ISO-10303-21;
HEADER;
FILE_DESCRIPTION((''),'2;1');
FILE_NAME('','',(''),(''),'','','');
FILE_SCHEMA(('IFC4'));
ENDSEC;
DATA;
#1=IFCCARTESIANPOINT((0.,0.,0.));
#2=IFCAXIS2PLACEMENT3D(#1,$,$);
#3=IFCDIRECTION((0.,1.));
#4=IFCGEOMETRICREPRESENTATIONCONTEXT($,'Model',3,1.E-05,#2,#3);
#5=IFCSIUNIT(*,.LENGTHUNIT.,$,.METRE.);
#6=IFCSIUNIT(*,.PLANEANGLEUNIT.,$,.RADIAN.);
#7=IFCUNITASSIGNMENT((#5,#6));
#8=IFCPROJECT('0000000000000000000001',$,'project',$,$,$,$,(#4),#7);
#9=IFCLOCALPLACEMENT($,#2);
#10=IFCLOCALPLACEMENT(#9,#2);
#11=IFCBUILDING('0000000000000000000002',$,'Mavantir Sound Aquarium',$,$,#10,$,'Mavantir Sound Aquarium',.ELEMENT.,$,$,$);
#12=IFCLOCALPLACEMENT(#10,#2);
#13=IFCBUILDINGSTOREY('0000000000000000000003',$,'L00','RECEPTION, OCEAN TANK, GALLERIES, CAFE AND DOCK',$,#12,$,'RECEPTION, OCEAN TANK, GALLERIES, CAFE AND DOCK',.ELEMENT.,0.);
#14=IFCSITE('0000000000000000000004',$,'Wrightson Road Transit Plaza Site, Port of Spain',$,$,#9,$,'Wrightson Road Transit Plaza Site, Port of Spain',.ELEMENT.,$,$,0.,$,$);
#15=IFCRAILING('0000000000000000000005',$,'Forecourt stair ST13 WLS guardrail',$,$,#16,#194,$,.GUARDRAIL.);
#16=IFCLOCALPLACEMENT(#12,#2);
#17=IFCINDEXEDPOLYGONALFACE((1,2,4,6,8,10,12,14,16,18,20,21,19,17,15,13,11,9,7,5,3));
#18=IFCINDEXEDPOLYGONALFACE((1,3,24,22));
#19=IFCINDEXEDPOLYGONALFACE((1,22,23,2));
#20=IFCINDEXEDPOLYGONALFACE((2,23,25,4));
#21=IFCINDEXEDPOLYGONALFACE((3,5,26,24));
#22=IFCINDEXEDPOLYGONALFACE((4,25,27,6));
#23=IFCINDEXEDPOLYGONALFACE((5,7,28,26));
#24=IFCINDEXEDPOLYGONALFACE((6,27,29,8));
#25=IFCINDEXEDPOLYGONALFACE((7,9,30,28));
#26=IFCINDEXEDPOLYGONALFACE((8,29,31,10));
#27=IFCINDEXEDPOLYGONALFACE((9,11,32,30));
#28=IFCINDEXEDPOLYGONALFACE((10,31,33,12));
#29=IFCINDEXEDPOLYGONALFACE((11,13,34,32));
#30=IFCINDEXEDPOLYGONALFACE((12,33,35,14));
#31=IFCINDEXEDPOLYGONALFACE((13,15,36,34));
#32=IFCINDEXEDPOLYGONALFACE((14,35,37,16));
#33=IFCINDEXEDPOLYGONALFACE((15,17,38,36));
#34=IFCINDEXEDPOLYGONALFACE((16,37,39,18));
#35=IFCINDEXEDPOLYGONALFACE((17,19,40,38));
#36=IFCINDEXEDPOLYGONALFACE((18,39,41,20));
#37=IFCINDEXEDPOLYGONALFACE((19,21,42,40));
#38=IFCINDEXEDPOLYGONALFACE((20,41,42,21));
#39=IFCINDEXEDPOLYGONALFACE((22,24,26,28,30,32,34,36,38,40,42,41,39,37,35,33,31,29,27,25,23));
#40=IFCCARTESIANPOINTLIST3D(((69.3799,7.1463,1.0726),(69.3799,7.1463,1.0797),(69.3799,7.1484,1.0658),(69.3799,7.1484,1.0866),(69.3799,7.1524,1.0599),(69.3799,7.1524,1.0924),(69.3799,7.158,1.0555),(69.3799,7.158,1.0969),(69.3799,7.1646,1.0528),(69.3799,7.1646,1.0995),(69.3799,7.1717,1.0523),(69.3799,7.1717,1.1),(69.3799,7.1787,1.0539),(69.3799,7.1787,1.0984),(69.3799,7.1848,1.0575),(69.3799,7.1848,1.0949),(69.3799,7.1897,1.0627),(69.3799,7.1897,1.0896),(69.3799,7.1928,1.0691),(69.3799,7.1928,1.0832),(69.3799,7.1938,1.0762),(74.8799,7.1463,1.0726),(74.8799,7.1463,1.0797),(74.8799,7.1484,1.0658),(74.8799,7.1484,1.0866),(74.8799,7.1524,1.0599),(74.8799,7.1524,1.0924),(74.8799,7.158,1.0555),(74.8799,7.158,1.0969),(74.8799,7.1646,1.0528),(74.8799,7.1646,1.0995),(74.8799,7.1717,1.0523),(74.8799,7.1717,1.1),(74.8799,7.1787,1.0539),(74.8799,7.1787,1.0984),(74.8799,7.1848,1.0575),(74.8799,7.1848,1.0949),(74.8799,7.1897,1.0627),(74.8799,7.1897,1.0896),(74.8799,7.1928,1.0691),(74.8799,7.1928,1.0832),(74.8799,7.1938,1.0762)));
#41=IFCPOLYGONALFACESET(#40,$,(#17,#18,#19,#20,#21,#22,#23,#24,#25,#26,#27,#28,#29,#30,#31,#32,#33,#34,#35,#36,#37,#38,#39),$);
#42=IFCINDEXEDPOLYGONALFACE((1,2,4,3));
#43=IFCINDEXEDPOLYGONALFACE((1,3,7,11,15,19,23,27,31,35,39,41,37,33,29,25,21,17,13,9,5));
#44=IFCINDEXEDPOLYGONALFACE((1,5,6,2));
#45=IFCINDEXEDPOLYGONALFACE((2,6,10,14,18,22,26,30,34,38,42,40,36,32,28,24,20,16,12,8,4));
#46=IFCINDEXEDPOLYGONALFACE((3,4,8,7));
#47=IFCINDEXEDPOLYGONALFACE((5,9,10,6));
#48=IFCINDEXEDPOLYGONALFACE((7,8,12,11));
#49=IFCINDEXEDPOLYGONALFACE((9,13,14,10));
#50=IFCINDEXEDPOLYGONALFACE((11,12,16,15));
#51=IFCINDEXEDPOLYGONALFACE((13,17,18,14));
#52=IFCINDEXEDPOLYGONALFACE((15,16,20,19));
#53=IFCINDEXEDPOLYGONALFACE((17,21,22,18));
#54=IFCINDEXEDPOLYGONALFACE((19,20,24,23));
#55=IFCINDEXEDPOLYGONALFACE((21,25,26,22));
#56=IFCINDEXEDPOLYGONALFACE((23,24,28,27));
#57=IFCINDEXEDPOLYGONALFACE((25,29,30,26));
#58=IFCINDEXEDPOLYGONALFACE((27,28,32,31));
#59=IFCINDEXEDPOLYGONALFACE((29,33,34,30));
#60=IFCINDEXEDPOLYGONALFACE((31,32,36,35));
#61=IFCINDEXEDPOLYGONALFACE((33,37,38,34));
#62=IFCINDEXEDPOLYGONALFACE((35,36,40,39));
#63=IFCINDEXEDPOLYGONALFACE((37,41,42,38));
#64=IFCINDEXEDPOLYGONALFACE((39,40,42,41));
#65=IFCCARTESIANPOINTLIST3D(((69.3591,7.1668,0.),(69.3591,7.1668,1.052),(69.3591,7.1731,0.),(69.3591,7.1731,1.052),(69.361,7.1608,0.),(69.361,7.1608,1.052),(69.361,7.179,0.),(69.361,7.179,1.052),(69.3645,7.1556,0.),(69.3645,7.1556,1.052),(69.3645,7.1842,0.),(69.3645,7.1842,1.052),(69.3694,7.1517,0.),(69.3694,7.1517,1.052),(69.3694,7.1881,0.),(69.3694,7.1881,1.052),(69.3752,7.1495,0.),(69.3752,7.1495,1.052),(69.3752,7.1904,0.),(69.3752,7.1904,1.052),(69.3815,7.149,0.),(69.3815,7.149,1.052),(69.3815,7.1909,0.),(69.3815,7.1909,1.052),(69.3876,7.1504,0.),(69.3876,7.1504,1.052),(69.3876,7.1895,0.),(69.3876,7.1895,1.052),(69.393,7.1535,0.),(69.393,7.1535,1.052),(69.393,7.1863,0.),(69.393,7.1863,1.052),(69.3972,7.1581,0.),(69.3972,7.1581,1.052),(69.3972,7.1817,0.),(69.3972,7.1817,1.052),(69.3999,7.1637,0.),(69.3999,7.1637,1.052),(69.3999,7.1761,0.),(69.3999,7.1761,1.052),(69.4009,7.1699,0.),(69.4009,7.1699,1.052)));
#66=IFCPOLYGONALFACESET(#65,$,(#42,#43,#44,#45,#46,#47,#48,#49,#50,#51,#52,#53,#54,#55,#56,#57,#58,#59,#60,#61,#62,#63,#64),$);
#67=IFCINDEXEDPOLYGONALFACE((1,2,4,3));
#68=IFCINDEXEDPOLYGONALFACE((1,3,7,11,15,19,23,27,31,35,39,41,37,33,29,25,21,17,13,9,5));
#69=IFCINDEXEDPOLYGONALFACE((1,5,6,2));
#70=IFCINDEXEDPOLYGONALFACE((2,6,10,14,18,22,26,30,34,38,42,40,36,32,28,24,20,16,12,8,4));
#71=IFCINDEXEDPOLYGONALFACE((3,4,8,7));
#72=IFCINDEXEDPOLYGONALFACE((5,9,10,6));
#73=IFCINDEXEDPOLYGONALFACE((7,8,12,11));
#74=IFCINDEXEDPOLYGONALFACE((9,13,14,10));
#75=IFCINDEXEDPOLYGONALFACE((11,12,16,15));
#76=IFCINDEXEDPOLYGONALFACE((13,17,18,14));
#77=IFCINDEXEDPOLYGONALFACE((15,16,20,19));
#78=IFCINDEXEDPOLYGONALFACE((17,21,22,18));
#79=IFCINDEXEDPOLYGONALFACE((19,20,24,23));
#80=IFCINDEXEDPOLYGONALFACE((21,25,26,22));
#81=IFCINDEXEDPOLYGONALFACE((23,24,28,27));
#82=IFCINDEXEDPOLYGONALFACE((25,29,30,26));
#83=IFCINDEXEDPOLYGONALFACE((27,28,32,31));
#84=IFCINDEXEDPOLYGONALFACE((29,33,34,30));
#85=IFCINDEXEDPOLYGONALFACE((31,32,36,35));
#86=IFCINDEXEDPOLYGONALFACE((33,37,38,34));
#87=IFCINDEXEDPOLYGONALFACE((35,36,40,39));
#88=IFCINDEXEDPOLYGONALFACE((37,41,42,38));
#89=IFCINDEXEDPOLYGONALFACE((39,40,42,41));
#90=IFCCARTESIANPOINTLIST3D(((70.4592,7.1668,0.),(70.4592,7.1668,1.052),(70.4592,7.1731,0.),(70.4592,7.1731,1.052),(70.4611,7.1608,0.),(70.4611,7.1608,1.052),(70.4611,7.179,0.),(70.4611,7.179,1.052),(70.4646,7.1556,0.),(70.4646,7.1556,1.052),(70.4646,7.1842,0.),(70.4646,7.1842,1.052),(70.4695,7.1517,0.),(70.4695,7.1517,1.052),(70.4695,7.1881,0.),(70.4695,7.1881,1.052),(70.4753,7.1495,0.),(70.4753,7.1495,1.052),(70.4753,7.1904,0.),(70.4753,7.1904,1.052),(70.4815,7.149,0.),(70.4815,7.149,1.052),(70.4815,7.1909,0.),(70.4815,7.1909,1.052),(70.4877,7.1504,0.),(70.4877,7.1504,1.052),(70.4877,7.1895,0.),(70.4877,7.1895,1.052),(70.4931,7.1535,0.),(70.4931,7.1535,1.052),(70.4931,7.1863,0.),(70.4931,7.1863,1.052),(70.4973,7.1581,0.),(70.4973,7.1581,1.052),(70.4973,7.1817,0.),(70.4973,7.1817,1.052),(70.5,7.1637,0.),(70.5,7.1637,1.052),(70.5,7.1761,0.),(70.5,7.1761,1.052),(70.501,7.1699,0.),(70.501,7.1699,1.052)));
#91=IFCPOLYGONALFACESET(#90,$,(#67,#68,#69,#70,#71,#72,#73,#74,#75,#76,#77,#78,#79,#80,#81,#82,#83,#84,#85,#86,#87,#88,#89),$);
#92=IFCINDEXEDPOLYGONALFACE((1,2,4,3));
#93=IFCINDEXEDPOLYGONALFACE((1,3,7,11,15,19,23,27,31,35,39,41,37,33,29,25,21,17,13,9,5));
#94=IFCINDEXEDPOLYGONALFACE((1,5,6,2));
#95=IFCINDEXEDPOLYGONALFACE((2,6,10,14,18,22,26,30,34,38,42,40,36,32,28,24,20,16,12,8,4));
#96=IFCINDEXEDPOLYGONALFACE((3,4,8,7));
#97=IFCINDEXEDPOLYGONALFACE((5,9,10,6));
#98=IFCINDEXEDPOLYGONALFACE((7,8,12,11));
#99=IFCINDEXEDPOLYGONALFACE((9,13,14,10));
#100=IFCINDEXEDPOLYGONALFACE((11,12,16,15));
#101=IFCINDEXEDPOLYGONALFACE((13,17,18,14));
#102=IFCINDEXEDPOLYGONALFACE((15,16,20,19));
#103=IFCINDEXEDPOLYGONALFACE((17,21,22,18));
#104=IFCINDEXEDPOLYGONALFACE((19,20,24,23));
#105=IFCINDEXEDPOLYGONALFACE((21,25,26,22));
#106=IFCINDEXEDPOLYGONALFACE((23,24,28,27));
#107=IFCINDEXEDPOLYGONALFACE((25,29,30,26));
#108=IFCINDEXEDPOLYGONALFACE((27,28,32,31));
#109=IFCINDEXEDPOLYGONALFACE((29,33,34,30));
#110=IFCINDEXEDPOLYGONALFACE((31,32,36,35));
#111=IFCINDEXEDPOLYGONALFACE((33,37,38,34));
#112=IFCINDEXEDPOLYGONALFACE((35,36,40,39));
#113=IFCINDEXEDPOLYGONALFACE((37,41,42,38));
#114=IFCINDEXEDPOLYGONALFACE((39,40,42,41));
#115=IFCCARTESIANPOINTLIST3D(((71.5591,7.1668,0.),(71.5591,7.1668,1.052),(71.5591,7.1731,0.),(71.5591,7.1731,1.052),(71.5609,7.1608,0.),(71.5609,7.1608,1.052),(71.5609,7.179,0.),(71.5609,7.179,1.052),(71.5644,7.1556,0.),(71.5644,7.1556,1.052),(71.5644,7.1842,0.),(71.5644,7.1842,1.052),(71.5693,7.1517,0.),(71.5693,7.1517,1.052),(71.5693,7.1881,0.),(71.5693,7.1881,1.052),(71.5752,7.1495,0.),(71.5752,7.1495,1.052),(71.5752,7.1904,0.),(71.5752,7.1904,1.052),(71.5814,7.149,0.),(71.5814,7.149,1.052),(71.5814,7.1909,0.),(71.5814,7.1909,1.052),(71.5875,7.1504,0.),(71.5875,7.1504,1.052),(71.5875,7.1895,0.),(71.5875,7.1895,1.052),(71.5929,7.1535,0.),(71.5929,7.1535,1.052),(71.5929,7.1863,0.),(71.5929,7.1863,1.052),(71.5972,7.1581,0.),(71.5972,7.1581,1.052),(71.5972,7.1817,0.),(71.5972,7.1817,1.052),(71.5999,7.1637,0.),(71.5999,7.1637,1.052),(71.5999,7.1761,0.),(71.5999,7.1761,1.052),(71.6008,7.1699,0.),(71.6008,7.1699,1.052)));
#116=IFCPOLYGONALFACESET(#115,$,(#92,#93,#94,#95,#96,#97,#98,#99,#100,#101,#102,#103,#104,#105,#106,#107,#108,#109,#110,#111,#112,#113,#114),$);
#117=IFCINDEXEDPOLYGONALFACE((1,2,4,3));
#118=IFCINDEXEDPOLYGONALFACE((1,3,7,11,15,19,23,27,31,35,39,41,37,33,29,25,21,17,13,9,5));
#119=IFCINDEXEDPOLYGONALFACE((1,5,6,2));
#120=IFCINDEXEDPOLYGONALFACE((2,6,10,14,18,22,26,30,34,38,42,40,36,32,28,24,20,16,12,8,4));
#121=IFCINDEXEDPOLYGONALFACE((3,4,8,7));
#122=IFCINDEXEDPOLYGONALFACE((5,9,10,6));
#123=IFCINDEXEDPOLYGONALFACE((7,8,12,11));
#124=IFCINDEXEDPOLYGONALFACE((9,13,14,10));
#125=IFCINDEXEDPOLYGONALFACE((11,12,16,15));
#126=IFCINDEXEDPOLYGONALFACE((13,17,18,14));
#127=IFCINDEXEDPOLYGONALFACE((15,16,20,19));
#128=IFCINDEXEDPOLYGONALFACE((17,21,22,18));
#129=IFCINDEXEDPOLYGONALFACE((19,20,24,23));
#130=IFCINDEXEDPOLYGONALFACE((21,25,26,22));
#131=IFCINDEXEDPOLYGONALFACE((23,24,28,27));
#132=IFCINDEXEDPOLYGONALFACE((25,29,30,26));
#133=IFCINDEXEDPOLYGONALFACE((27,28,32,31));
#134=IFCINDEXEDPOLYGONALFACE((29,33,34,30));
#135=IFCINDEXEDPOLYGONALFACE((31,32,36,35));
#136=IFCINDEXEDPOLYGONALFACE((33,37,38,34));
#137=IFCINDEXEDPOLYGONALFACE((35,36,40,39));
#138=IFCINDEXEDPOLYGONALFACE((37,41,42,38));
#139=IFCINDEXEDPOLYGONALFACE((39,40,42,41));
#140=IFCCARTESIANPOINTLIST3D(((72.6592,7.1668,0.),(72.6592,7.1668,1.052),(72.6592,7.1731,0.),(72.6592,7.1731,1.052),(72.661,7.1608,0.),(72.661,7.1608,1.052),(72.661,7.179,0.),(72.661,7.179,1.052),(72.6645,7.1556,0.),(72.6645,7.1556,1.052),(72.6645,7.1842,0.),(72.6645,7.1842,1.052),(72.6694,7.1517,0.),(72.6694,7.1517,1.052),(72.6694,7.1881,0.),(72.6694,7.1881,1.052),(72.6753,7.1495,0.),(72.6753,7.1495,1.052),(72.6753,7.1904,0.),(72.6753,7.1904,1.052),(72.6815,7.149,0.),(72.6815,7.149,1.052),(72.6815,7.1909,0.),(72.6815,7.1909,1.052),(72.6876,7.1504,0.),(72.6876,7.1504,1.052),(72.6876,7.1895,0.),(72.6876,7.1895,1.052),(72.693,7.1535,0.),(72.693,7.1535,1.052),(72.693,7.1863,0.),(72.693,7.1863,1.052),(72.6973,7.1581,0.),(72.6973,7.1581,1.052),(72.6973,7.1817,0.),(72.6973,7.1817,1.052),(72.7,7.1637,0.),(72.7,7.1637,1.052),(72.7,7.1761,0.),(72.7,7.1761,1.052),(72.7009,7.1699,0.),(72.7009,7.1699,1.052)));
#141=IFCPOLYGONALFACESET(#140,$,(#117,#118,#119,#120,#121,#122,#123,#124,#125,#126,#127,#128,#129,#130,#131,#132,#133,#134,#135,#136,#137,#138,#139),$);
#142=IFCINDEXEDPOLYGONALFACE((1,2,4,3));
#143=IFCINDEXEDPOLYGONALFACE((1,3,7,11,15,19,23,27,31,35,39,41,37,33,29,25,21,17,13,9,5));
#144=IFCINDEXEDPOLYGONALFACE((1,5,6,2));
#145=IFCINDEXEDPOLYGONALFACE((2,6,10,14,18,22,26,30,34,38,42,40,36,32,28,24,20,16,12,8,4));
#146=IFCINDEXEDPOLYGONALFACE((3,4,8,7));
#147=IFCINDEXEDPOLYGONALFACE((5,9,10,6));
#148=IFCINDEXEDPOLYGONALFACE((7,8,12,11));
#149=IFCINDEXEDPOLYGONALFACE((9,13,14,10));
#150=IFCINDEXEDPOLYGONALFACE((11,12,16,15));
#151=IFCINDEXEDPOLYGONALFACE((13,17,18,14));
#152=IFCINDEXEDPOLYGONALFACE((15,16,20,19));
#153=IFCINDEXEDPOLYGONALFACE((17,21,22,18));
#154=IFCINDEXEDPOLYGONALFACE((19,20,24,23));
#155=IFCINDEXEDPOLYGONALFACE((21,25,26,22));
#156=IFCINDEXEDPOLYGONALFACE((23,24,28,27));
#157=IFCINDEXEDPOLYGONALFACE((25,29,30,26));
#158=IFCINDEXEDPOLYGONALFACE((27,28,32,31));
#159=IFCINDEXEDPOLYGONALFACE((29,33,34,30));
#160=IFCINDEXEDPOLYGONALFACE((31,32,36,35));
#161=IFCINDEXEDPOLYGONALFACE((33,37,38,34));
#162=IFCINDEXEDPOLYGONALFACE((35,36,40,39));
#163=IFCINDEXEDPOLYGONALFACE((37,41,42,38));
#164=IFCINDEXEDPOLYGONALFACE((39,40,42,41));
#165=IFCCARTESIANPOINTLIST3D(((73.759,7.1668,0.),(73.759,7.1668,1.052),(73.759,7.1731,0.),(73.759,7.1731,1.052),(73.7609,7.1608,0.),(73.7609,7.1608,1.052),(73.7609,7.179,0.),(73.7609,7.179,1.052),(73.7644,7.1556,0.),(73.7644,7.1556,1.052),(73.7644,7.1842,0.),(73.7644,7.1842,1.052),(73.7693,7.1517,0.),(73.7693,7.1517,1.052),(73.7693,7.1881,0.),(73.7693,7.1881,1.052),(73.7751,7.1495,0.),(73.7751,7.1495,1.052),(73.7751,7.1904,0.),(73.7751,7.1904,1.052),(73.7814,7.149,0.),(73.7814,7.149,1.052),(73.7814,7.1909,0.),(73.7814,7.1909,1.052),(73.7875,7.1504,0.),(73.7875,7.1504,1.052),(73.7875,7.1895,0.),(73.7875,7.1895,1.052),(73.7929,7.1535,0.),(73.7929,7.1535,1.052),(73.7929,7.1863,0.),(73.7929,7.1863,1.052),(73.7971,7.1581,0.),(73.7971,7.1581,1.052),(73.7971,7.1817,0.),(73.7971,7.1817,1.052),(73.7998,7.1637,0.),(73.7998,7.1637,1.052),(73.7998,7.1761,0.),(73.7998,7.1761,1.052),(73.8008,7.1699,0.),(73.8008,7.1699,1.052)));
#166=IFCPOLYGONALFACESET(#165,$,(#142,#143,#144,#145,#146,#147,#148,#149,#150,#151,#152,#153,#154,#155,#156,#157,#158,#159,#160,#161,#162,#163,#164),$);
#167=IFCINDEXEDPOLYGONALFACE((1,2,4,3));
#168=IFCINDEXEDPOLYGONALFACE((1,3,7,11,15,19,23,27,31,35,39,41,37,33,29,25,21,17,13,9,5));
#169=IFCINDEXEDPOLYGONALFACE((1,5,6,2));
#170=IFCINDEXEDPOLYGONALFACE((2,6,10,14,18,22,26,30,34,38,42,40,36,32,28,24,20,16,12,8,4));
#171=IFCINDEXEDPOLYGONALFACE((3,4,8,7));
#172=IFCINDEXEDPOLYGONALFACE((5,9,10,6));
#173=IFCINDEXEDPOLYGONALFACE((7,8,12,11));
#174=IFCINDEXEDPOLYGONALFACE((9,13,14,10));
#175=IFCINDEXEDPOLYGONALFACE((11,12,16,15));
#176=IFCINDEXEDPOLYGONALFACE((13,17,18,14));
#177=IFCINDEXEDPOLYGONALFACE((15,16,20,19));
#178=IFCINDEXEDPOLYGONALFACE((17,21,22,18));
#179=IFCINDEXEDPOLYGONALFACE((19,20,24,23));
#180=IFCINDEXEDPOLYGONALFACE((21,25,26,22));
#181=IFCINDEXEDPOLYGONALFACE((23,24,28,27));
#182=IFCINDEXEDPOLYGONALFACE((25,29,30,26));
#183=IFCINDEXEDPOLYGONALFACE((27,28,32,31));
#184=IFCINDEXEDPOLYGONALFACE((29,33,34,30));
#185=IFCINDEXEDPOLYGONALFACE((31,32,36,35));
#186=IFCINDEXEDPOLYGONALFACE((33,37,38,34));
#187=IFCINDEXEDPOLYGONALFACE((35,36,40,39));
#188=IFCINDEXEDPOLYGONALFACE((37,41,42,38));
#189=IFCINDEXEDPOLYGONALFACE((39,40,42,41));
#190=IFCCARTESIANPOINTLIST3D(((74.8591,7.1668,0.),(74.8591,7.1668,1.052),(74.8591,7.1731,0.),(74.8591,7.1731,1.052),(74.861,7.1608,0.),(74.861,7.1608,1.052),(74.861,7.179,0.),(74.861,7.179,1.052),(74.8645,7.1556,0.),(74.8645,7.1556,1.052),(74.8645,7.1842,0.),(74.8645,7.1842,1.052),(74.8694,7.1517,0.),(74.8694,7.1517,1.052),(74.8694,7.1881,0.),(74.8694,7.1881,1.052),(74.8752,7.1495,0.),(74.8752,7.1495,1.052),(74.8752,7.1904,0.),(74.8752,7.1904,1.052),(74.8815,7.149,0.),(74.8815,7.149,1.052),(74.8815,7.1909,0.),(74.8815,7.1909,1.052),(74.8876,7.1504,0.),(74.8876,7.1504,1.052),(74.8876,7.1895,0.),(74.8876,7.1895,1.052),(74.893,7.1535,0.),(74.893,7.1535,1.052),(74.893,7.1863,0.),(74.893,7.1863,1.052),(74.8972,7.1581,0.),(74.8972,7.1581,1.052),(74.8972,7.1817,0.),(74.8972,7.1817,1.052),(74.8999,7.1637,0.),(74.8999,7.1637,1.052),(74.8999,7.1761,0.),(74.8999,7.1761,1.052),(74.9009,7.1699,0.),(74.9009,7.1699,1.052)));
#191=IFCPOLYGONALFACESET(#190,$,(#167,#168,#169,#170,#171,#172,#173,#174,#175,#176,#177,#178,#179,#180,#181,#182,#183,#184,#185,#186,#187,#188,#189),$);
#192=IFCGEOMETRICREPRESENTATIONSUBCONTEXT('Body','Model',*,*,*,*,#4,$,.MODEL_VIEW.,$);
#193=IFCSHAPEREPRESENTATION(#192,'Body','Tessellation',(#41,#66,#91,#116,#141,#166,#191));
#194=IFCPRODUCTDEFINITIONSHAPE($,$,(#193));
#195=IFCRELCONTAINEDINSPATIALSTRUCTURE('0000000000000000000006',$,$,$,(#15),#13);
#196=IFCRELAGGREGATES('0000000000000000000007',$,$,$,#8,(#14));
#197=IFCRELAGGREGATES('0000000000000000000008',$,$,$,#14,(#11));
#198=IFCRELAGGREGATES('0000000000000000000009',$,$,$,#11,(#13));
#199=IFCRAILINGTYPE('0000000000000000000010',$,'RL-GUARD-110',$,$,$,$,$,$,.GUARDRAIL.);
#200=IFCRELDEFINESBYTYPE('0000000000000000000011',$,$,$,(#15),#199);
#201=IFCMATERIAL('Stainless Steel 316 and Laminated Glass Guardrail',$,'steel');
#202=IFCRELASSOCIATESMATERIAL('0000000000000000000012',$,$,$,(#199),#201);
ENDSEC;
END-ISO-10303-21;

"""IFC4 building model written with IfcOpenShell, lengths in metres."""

from ifc_helpers import new_model, si_unit, direction, frame, origin, origin_2d, place, context, subcontext, project, spatial, circle, extrude, material, type_object, element, save


model = new_model("IFC4")

# Units and contexts
model_context = context("Model", 3, precision=1e-05, world=origin(), true_north=direction((0.0, 1.0)))
body_context = subcontext(model_context, "Body", "Model", "MODEL_VIEW")
ifc_project = project(units=[si_unit("LENGTHUNIT", "METRE"), si_unit("PLANEANGLEUNIT", "RADIAN")], contexts=[model_context])

# Site, building, storey
site_placement = place(None, origin())
site = spatial("IfcSite", under=ifc_project, at=site_placement, Name="Wrightson Road Transit Plaza Site, Port of Spain", LongName="Wrightson Road Transit Plaza Site, Port of Spain", CompositionType="ELEMENT", RefElevation=0.0)
building_placement = place(site_placement, origin())
building = spatial("IfcBuilding", under=site, at=building_placement, Name="Mavantir Sound Aquarium", LongName="Mavantir Sound Aquarium", CompositionType="ELEMENT")
storey_placement = place(building_placement, origin())
storey = spatial("IfcBuildingStorey", under=building, at=storey_placement, Name="L00", Description="RECEPTION, OCEAN TANK, GALLERIES, CAFE AND DOCK", LongName="RECEPTION, OCEAN TANK, GALLERIES, CAFE AND DOCK", CompositionType="ELEMENT", Elevation=0.0)

# Railing
ifc_material_1 = material(Name="Stainless Steel 316 and Laminated Glass Guardrail", Category="steel")
railing_type = type_object("IfcRailingType", Name="RL-GUARD-110", PredefinedType="GUARDRAIL", material=ifc_material_1)
for number, where, name in (
    (1, (69.3799, 7.1699, 0.0), "Forecourt stair ST13 WLS guardrail"),
):
    element("IfcRailing", number, at=place(storey_placement, frame(where)), inside=storey, type_object=railing_type, Name=name, PredefinedType="GUARDRAIL", context=body_context, shape_type="SweptSolid", body=[
        extrude(circle(Radius=0.0239, at=origin_2d()), frame((0.0, 0.0, 1.0762), z_axis=(1.0, 0.0, 0.0), x_axis=(0.0, 1.0, 0.0)), (0.0, 0.0, 1.0), 5.5),
        extrude(circle(Radius=0.021, at=origin_2d()), origin(), (0.0, 0.0, 1.0), 1.052),
        extrude(circle(Radius=0.021, at=origin_2d()), frame((1.1001, 0.0, 0.0)), (0.0, 0.0, 1.0), 1.052),
        extrude(circle(Radius=0.021, at=origin_2d()), frame((2.2, 0.0, 0.0)), (0.0, 0.0, 1.0), 1.052),
        extrude(circle(Radius=0.021, at=origin_2d()), frame((3.3, 0.0, 0.0)), (0.0, 0.0, 1.0), 1.052),
        extrude(circle(Radius=0.021, at=origin_2d()), frame((4.3999, 0.0, 0.0)), (0.0, 0.0, 1.0), 1.052),
        extrude(circle(Radius=0.021, at=origin_2d()), frame((5.5, 0.0, 0.0)), (0.0, 0.0, 1.0), 1.052),
    ])

save(model, "model.ifc")
